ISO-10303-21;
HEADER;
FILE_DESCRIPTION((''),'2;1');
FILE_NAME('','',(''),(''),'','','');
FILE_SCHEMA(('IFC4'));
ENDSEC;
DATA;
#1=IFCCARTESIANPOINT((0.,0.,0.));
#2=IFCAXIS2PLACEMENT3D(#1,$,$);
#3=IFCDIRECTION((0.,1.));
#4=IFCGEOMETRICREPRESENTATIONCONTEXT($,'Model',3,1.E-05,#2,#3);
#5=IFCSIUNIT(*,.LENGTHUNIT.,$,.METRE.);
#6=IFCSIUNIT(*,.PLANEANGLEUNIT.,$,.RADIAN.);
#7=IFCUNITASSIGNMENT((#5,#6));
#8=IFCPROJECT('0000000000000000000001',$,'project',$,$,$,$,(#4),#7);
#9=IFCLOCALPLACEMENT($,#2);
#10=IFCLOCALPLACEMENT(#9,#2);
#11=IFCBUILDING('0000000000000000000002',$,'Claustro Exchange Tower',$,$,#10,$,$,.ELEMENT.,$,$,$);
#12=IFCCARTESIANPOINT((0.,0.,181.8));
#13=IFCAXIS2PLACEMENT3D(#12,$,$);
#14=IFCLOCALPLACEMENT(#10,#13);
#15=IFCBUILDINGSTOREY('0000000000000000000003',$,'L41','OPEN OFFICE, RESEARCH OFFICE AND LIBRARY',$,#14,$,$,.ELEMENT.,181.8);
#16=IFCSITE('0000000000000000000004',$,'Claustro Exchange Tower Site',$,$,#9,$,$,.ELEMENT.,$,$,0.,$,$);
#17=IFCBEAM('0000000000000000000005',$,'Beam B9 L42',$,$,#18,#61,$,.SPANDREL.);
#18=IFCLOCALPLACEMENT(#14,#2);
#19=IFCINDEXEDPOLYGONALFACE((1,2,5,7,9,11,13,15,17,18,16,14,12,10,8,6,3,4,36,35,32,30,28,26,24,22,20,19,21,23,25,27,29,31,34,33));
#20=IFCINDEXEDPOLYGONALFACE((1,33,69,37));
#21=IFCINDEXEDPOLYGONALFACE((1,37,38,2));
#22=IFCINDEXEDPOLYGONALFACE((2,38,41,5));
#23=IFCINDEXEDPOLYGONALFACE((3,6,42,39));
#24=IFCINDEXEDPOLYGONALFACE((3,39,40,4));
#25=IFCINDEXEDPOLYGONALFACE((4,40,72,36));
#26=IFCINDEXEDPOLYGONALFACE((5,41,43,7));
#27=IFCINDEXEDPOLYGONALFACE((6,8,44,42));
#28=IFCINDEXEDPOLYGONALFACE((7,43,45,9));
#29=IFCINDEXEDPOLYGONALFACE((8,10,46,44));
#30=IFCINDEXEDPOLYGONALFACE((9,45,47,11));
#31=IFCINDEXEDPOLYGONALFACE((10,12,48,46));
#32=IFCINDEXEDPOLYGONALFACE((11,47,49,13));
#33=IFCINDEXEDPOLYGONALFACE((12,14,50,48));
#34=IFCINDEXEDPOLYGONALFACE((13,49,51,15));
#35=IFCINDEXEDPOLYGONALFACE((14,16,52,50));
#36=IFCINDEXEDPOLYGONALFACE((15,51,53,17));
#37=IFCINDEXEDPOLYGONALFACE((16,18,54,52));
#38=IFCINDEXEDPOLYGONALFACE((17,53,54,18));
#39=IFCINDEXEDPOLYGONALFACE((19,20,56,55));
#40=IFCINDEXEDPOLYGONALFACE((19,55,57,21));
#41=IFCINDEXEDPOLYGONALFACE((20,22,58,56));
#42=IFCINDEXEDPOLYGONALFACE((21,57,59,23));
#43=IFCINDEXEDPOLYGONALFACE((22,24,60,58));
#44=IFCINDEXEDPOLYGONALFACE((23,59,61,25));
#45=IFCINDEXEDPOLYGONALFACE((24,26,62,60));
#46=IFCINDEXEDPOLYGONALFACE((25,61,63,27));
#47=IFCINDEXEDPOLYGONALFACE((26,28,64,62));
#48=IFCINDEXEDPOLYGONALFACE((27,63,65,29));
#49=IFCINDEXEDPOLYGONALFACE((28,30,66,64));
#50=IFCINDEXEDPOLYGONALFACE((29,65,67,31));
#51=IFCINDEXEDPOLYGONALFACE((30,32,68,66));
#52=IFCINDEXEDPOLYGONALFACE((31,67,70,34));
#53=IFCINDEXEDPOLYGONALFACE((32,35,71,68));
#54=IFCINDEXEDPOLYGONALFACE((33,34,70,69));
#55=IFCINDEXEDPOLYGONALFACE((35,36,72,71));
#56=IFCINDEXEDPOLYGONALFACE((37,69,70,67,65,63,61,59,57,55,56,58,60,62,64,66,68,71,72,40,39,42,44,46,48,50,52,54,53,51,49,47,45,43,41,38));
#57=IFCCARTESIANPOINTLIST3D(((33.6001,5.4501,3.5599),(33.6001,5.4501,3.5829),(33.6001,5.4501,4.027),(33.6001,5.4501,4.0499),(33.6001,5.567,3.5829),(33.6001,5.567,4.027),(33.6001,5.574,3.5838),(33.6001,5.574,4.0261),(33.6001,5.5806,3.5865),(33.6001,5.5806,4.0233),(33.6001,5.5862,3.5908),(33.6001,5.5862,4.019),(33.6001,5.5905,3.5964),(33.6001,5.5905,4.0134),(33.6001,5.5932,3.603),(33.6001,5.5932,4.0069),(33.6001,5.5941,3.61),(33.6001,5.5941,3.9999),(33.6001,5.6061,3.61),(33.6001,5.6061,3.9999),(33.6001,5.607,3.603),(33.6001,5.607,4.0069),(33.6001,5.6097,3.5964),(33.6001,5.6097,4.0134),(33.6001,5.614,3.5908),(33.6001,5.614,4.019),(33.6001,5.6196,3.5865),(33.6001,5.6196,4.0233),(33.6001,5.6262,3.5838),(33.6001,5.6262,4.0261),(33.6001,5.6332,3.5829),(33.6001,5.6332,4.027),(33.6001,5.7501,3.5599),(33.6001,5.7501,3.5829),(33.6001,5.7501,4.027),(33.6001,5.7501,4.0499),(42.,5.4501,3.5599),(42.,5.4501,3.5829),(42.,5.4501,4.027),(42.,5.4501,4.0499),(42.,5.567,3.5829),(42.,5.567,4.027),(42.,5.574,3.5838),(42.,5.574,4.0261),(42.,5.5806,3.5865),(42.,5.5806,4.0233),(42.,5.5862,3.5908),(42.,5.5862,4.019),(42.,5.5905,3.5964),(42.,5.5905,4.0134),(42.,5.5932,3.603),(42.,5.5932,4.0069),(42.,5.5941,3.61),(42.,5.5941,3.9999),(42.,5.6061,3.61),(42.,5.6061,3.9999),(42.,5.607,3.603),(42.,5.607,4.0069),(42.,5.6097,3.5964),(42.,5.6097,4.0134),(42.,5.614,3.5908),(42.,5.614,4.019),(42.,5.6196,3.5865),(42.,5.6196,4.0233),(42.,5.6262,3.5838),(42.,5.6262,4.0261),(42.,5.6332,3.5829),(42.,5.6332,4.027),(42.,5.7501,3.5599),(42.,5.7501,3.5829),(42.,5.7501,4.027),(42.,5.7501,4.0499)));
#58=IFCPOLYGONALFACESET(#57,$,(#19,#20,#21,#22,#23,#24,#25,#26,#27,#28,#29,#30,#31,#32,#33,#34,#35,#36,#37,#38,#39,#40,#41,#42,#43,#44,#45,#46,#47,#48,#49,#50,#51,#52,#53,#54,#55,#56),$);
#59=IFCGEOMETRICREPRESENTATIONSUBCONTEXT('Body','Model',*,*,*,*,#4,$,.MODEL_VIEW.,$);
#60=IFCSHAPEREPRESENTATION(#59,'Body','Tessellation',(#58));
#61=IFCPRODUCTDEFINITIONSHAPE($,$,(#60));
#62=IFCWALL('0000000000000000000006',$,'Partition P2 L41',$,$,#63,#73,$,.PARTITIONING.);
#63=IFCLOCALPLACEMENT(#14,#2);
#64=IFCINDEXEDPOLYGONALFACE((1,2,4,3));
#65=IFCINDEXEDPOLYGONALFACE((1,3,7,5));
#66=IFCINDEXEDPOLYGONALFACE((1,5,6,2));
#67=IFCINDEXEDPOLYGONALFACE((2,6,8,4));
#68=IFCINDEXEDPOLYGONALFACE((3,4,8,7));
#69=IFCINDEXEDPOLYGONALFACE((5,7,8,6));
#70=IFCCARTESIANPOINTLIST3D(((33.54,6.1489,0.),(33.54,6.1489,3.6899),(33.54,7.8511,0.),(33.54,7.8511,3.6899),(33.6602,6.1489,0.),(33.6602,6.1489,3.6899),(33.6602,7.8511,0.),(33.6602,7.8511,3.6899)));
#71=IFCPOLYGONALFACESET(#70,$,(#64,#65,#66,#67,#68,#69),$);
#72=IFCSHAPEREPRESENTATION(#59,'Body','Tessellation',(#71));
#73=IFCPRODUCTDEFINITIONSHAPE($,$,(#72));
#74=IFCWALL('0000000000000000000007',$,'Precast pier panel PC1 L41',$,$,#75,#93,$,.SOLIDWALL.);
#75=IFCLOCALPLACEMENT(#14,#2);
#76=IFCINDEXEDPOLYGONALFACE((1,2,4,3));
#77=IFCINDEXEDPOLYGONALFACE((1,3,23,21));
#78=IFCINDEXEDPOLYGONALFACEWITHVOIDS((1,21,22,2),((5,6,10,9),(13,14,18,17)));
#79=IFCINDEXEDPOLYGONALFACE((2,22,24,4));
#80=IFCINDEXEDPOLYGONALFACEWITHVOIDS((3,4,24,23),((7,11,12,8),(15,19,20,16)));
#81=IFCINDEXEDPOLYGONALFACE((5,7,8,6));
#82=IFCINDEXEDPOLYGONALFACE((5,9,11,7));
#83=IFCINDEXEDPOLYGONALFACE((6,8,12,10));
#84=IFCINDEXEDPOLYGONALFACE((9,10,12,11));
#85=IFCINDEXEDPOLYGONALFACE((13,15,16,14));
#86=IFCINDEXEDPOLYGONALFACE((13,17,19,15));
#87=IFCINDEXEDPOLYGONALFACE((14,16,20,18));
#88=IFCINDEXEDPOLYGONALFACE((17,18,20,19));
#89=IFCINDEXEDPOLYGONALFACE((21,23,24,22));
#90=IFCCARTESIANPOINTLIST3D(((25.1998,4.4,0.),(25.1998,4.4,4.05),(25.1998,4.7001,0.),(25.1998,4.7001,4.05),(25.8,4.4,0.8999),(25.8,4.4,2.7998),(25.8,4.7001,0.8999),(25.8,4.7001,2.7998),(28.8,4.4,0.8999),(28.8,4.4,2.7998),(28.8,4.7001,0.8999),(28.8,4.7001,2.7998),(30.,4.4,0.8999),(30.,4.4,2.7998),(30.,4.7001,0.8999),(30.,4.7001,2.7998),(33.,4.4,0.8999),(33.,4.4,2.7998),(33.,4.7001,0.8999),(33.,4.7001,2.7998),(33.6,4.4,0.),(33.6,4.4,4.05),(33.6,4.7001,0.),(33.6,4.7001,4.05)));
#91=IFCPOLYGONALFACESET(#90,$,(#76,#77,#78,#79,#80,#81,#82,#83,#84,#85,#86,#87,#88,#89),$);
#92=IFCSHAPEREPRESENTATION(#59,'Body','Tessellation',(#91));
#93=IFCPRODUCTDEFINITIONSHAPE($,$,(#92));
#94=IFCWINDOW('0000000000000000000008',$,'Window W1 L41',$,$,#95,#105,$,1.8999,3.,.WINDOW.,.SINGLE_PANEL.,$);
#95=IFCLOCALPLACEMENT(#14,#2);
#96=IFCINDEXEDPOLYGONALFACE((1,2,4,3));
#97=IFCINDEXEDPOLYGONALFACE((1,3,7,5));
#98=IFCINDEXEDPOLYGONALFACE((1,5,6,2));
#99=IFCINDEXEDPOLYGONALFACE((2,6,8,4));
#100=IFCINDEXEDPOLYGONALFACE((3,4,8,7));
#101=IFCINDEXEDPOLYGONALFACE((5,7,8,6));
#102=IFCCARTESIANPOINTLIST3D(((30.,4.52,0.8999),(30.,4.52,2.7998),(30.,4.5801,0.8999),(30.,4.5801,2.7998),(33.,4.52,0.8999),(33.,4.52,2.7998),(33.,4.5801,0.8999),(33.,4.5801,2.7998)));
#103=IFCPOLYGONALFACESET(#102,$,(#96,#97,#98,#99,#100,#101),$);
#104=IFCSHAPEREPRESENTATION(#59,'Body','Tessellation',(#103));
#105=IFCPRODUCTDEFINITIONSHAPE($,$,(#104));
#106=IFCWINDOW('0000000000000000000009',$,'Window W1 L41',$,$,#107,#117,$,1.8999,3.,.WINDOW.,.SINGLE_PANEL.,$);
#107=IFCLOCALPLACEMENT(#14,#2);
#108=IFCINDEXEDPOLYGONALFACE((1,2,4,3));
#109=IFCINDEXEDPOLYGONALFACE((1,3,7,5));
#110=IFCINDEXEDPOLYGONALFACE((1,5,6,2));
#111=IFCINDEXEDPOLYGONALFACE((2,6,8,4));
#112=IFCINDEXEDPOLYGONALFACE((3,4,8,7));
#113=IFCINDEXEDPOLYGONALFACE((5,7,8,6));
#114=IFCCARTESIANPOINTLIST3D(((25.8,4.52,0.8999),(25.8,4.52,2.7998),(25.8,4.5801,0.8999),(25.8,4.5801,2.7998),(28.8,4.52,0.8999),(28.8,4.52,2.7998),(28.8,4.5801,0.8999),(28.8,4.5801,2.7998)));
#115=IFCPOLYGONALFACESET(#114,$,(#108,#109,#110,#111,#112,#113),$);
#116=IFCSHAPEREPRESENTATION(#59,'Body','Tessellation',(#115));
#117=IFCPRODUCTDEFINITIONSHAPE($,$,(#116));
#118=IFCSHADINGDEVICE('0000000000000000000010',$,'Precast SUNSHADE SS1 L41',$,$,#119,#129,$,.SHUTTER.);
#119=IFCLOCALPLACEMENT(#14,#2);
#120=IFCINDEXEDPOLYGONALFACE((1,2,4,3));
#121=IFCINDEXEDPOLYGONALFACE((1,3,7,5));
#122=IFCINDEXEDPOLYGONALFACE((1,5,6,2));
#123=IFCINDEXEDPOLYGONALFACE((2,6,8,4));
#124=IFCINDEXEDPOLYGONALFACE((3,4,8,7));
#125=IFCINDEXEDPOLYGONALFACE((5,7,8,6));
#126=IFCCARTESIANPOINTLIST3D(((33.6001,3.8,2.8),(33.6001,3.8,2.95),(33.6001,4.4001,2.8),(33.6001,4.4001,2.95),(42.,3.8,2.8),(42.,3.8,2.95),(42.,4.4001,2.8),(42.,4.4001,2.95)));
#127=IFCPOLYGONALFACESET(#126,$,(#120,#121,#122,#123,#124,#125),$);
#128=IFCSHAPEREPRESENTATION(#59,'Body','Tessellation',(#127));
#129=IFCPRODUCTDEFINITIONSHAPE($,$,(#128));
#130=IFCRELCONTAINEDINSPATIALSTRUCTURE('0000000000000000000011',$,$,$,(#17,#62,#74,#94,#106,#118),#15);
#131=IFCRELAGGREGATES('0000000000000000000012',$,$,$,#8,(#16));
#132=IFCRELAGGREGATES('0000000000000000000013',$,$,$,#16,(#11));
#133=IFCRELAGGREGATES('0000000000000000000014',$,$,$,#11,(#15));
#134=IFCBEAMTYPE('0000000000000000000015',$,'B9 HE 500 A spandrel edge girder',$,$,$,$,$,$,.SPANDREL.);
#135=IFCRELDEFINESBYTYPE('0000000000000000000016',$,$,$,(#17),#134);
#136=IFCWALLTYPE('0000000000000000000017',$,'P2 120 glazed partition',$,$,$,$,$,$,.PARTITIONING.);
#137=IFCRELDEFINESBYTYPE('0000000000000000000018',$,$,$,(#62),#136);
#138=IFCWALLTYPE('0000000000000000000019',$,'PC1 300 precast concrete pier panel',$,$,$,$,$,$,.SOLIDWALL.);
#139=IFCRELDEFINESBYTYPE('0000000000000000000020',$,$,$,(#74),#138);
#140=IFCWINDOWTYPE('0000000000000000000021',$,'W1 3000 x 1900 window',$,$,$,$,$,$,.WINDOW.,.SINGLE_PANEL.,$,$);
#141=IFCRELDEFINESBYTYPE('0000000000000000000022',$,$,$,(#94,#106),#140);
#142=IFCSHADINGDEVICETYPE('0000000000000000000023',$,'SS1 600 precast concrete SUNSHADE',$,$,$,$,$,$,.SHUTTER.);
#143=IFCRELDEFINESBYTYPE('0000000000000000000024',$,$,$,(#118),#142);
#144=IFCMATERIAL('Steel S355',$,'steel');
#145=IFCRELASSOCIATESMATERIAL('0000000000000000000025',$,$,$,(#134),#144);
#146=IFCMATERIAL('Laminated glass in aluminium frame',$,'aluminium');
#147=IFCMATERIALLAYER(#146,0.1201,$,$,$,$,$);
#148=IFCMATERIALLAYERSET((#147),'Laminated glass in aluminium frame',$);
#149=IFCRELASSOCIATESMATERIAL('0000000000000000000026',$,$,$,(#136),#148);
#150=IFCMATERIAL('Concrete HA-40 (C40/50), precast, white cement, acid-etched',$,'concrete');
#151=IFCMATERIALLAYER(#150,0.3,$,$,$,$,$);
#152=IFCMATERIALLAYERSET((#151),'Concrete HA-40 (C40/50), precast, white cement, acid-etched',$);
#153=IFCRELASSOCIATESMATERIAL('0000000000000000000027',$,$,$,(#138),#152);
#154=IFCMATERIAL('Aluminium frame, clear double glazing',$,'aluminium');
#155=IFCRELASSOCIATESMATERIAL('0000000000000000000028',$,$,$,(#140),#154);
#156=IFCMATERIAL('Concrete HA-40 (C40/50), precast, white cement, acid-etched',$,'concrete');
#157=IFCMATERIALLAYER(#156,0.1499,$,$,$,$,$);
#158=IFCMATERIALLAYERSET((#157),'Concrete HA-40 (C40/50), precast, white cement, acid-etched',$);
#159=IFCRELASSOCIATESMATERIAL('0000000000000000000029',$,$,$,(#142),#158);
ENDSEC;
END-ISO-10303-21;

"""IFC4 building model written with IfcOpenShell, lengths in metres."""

from ifc_helpers import new_model, si_unit, direction, frame, frame_2d, origin, origin_2d, place, context, subcontext, project, spatial, rectangle, i_section, extrude, material, layer, layer_set, material_profile, profile_set, type_object, element, fill, save


model = new_model("IFC4")

# Units and contexts
model_context = context("Model", 3, precision=1e-05, world=origin(), true_north=direction((0.0, 1.0)))
body_context = subcontext(model_context, "Body", "Model", "MODEL_VIEW")
ifc_project = project(units=[si_unit("LENGTHUNIT", "METRE"), si_unit("PLANEANGLEUNIT", "RADIAN")], contexts=[model_context])

# Site, building, storey
site_placement = place(None, origin())
site = spatial("IfcSite", under=ifc_project, at=site_placement, Name="Claustro Exchange Tower Site", CompositionType="ELEMENT", RefElevation=0.0)
building_placement = place(site_placement, origin())
building = spatial("IfcBuilding", under=site, at=building_placement, Name="Claustro Exchange Tower", CompositionType="ELEMENT")
storey_placement = place(building_placement, frame((0.0, 0.0, 181.8)))
storey = spatial("IfcBuildingStorey", under=building, at=storey_placement, Name="L41", Description="OPEN OFFICE, RESEARCH OFFICE AND LIBRARY", CompositionType="ELEMENT", Elevation=181.8)

# Beam
ifc_material_1 = material(Name="Steel S355", Category="steel")
ifc_material_profile_1 = material_profile(ifc_material_1, i_section(OverallWidth=0.3, OverallDepth=0.49, WebThickness=0.012, FlangeThickness=0.0229, FilletRadius=0.0271, at=origin_2d()), Name="HE 500 A")
ifc_profile_set_1 = profile_set([ifc_material_profile_1], Name="Steel S355")
beam_type_1 = type_object("IfcBeamType", Name="B9 HE 500 A spandrel edge girder", PredefinedType="SPANDREL", material=ifc_profile_set_1)
beam_1_placement = place(storey_placement, frame((33.6001, 5.6001, 3.8049), z_axis=(1.0, 0.0, 0.0), x_axis=(0.0, 1.0, 0.0)))
element("IfcBeam", 1, at=beam_1_placement, inside=storey, type_object=beam_type_1, Name="Beam B9 L42", PredefinedType="SPANDREL", context=body_context, shape_type="SweptSolid", body=[
    extrude(i_section(OverallWidth=0.3, OverallDepth=0.49, WebThickness=0.012, FlangeThickness=0.0229, FilletRadius=0.0271, at=origin_2d()), origin(), (0.0, 0.0, 1.0), 8.3999),
])

# Wall
ifc_material_2 = material(Name="Laminated glass in aluminium frame", Category="aluminium")
ifc_layer_1 = layer(ifc_material_2, 0.1201)
ifc_layer_set_1 = layer_set([ifc_layer_1], Name="Laminated glass in aluminium frame")
wall_type_1 = type_object("IfcWallType", Name="P2 120 glazed partition", PredefinedType="PARTITIONING", material=ifc_layer_set_1)
wall_1_placement = place(storey_placement, frame((33.6001, 6.1489, 0.0), z_axis=(0.0, 0.0, 1.0), x_axis=(0.0, 1.0, 0.0)))
element("IfcWall", 2, at=wall_1_placement, inside=storey, type_object=wall_type_1, Name="Partition P2 L41", PredefinedType="PARTITIONING", context=body_context, shape_type="SweptSolid", body=[
    extrude(rectangle(XDim=1.7021, YDim=0.1201, at=frame_2d((0.8511, 0.0))), origin(), (0.0, 0.0, 1.0), 3.6899),
])

# Wall, openings, windows
ifc_material_3 = material(Name="Concrete HA-40 (C40/50), precast, white cement, acid-etched", Category="concrete")
ifc_layer_2 = layer(ifc_material_3, 0.3)
ifc_layer_set_2 = layer_set([ifc_layer_2], Name="Concrete HA-40 (C40/50), precast, white cement, acid-etched")
wall_type_2 = type_object("IfcWallType", Name="PC1 300 precast concrete pier panel", PredefinedType="SOLIDWALL", material=ifc_layer_set_2)
wall_2_placement = place(storey_placement, frame((33.6001, 4.55, 0.0), z_axis=(0.0, 0.0, 1.0), x_axis=(-1.0, 0.0, 0.0)))
wall_2 = element("IfcWall", 3, at=wall_2_placement, inside=storey, type_object=wall_type_2, Name="Precast pier panel PC1 L41", PredefinedType="SOLIDWALL", context=body_context, shape_type="SweptSolid", body=[
    extrude(rectangle(XDim=8.4001, YDim=0.3, at=frame_2d((4.2002, 0.0))), origin(), (0.0, 0.0, 1.0), 4.05),
])
opening_1_placement = place(wall_2_placement, frame((0.6001, 0.0, 0.8999)))
opening_1 = element("IfcOpeningElement", 4, at=opening_1_placement, cuts=wall_2, PredefinedType="OPENING", context=body_context, shape_type="SweptSolid", body=[
    extrude(rectangle(XDim=3.0, YDim=1.8999, at=frame_2d((1.5, 0.95))), frame((0.0, 0.1599, 0.0), z_axis=(0.0, -1.0, 0.0), x_axis=(1.0, 0.0, 0.0)), (0.0, 0.0, 1.0), 0.3201),
])
opening_2_placement = place(wall_2_placement, frame((4.8, 0.0, 0.8999)))
opening_2 = element("IfcOpeningElement", 5, at=opening_2_placement, cuts=wall_2, PredefinedType="OPENING", context=body_context, shape_type="SweptSolid", body=[
    extrude(rectangle(XDim=3.0, YDim=1.8999, at=frame_2d((1.5, 0.95))), frame((0.0, 0.1599, 0.0), z_axis=(0.0, -1.0, 0.0), x_axis=(1.0, 0.0, 0.0)), (0.0, 0.0, 1.0), 0.3201),
])
ifc_material_4 = material(Name="Aluminium frame, clear double glazing", Category="aluminium")
window_type = type_object("IfcWindowType", Name="W1 3000 x 1900 window", PartitioningType="SINGLE_PANEL", PredefinedType="WINDOW", material=ifc_material_4)
window_1_placement = place(opening_1_placement, origin())
window_1 = element("IfcWindow", 6, at=window_1_placement, inside=storey, type_object=window_type, Name="Window W1 L41", OverallHeight=1.8999, OverallWidth=3.0, PartitioningType="SINGLE_PANEL", PredefinedType="WINDOW", context=body_context, shape_type="SweptSolid", body=[
    extrude(rectangle(XDim=3.0, YDim=1.8999, at=frame_2d((1.5, 0.95))), frame((0.0, 0.03, 0.0), z_axis=(0.0, -1.0, 0.0), x_axis=(1.0, 0.0, 0.0)), (0.0, 0.0, 1.0), 0.0601),
])
fill(opening_1, window_1)
window_2_placement = place(opening_2_placement, origin())
window_2 = element("IfcWindow", 7, at=window_2_placement, inside=storey, type_object=window_type, Name="Window W1 L41", OverallHeight=1.8999, OverallWidth=3.0, PartitioningType="SINGLE_PANEL", PredefinedType="WINDOW", context=body_context, shape_type="SweptSolid", body=[
    extrude(rectangle(XDim=3.0, YDim=1.8999, at=frame_2d((1.5, 0.95))), frame((0.0, 0.03, 0.0), z_axis=(0.0, -1.0, 0.0), x_axis=(1.0, 0.0, 0.0)), (0.0, 0.0, 1.0), 0.0601),
])
fill(opening_2, window_2)

# Shading device
ifc_material_5 = material(Name="Concrete HA-40 (C40/50), precast, white cement, acid-etched", Category="concrete")
ifc_layer_3 = layer(ifc_material_5, 0.1499)
ifc_layer_set_3 = layer_set([ifc_layer_3], Name="Concrete HA-40 (C40/50), precast, white cement, acid-etched")
shading_device_type = type_object("IfcShadingDeviceType", Name="SS1 600 precast concrete SUNSHADE", PredefinedType="SHUTTER", material=ifc_layer_set_3)
shading_device_placement = place(storey_placement, frame((37.8, 4.1001, 2.8), z_axis=(0.0, 0.0, 1.0), x_axis=(-1.0, 0.0, 0.0)))
element("IfcShadingDevice", 8, at=shading_device_placement, inside=storey, type_object=shading_device_type, Name="Precast SUNSHADE SS1 L41", PredefinedType="SHUTTER", context=body_context, shape_type="SweptSolid", body=[
    extrude(rectangle(XDim=8.3999, YDim=0.6001, at=origin_2d()), origin(), (0.0, 0.0, 1.0), 0.1499),
])

save(model, "model.ifc")
